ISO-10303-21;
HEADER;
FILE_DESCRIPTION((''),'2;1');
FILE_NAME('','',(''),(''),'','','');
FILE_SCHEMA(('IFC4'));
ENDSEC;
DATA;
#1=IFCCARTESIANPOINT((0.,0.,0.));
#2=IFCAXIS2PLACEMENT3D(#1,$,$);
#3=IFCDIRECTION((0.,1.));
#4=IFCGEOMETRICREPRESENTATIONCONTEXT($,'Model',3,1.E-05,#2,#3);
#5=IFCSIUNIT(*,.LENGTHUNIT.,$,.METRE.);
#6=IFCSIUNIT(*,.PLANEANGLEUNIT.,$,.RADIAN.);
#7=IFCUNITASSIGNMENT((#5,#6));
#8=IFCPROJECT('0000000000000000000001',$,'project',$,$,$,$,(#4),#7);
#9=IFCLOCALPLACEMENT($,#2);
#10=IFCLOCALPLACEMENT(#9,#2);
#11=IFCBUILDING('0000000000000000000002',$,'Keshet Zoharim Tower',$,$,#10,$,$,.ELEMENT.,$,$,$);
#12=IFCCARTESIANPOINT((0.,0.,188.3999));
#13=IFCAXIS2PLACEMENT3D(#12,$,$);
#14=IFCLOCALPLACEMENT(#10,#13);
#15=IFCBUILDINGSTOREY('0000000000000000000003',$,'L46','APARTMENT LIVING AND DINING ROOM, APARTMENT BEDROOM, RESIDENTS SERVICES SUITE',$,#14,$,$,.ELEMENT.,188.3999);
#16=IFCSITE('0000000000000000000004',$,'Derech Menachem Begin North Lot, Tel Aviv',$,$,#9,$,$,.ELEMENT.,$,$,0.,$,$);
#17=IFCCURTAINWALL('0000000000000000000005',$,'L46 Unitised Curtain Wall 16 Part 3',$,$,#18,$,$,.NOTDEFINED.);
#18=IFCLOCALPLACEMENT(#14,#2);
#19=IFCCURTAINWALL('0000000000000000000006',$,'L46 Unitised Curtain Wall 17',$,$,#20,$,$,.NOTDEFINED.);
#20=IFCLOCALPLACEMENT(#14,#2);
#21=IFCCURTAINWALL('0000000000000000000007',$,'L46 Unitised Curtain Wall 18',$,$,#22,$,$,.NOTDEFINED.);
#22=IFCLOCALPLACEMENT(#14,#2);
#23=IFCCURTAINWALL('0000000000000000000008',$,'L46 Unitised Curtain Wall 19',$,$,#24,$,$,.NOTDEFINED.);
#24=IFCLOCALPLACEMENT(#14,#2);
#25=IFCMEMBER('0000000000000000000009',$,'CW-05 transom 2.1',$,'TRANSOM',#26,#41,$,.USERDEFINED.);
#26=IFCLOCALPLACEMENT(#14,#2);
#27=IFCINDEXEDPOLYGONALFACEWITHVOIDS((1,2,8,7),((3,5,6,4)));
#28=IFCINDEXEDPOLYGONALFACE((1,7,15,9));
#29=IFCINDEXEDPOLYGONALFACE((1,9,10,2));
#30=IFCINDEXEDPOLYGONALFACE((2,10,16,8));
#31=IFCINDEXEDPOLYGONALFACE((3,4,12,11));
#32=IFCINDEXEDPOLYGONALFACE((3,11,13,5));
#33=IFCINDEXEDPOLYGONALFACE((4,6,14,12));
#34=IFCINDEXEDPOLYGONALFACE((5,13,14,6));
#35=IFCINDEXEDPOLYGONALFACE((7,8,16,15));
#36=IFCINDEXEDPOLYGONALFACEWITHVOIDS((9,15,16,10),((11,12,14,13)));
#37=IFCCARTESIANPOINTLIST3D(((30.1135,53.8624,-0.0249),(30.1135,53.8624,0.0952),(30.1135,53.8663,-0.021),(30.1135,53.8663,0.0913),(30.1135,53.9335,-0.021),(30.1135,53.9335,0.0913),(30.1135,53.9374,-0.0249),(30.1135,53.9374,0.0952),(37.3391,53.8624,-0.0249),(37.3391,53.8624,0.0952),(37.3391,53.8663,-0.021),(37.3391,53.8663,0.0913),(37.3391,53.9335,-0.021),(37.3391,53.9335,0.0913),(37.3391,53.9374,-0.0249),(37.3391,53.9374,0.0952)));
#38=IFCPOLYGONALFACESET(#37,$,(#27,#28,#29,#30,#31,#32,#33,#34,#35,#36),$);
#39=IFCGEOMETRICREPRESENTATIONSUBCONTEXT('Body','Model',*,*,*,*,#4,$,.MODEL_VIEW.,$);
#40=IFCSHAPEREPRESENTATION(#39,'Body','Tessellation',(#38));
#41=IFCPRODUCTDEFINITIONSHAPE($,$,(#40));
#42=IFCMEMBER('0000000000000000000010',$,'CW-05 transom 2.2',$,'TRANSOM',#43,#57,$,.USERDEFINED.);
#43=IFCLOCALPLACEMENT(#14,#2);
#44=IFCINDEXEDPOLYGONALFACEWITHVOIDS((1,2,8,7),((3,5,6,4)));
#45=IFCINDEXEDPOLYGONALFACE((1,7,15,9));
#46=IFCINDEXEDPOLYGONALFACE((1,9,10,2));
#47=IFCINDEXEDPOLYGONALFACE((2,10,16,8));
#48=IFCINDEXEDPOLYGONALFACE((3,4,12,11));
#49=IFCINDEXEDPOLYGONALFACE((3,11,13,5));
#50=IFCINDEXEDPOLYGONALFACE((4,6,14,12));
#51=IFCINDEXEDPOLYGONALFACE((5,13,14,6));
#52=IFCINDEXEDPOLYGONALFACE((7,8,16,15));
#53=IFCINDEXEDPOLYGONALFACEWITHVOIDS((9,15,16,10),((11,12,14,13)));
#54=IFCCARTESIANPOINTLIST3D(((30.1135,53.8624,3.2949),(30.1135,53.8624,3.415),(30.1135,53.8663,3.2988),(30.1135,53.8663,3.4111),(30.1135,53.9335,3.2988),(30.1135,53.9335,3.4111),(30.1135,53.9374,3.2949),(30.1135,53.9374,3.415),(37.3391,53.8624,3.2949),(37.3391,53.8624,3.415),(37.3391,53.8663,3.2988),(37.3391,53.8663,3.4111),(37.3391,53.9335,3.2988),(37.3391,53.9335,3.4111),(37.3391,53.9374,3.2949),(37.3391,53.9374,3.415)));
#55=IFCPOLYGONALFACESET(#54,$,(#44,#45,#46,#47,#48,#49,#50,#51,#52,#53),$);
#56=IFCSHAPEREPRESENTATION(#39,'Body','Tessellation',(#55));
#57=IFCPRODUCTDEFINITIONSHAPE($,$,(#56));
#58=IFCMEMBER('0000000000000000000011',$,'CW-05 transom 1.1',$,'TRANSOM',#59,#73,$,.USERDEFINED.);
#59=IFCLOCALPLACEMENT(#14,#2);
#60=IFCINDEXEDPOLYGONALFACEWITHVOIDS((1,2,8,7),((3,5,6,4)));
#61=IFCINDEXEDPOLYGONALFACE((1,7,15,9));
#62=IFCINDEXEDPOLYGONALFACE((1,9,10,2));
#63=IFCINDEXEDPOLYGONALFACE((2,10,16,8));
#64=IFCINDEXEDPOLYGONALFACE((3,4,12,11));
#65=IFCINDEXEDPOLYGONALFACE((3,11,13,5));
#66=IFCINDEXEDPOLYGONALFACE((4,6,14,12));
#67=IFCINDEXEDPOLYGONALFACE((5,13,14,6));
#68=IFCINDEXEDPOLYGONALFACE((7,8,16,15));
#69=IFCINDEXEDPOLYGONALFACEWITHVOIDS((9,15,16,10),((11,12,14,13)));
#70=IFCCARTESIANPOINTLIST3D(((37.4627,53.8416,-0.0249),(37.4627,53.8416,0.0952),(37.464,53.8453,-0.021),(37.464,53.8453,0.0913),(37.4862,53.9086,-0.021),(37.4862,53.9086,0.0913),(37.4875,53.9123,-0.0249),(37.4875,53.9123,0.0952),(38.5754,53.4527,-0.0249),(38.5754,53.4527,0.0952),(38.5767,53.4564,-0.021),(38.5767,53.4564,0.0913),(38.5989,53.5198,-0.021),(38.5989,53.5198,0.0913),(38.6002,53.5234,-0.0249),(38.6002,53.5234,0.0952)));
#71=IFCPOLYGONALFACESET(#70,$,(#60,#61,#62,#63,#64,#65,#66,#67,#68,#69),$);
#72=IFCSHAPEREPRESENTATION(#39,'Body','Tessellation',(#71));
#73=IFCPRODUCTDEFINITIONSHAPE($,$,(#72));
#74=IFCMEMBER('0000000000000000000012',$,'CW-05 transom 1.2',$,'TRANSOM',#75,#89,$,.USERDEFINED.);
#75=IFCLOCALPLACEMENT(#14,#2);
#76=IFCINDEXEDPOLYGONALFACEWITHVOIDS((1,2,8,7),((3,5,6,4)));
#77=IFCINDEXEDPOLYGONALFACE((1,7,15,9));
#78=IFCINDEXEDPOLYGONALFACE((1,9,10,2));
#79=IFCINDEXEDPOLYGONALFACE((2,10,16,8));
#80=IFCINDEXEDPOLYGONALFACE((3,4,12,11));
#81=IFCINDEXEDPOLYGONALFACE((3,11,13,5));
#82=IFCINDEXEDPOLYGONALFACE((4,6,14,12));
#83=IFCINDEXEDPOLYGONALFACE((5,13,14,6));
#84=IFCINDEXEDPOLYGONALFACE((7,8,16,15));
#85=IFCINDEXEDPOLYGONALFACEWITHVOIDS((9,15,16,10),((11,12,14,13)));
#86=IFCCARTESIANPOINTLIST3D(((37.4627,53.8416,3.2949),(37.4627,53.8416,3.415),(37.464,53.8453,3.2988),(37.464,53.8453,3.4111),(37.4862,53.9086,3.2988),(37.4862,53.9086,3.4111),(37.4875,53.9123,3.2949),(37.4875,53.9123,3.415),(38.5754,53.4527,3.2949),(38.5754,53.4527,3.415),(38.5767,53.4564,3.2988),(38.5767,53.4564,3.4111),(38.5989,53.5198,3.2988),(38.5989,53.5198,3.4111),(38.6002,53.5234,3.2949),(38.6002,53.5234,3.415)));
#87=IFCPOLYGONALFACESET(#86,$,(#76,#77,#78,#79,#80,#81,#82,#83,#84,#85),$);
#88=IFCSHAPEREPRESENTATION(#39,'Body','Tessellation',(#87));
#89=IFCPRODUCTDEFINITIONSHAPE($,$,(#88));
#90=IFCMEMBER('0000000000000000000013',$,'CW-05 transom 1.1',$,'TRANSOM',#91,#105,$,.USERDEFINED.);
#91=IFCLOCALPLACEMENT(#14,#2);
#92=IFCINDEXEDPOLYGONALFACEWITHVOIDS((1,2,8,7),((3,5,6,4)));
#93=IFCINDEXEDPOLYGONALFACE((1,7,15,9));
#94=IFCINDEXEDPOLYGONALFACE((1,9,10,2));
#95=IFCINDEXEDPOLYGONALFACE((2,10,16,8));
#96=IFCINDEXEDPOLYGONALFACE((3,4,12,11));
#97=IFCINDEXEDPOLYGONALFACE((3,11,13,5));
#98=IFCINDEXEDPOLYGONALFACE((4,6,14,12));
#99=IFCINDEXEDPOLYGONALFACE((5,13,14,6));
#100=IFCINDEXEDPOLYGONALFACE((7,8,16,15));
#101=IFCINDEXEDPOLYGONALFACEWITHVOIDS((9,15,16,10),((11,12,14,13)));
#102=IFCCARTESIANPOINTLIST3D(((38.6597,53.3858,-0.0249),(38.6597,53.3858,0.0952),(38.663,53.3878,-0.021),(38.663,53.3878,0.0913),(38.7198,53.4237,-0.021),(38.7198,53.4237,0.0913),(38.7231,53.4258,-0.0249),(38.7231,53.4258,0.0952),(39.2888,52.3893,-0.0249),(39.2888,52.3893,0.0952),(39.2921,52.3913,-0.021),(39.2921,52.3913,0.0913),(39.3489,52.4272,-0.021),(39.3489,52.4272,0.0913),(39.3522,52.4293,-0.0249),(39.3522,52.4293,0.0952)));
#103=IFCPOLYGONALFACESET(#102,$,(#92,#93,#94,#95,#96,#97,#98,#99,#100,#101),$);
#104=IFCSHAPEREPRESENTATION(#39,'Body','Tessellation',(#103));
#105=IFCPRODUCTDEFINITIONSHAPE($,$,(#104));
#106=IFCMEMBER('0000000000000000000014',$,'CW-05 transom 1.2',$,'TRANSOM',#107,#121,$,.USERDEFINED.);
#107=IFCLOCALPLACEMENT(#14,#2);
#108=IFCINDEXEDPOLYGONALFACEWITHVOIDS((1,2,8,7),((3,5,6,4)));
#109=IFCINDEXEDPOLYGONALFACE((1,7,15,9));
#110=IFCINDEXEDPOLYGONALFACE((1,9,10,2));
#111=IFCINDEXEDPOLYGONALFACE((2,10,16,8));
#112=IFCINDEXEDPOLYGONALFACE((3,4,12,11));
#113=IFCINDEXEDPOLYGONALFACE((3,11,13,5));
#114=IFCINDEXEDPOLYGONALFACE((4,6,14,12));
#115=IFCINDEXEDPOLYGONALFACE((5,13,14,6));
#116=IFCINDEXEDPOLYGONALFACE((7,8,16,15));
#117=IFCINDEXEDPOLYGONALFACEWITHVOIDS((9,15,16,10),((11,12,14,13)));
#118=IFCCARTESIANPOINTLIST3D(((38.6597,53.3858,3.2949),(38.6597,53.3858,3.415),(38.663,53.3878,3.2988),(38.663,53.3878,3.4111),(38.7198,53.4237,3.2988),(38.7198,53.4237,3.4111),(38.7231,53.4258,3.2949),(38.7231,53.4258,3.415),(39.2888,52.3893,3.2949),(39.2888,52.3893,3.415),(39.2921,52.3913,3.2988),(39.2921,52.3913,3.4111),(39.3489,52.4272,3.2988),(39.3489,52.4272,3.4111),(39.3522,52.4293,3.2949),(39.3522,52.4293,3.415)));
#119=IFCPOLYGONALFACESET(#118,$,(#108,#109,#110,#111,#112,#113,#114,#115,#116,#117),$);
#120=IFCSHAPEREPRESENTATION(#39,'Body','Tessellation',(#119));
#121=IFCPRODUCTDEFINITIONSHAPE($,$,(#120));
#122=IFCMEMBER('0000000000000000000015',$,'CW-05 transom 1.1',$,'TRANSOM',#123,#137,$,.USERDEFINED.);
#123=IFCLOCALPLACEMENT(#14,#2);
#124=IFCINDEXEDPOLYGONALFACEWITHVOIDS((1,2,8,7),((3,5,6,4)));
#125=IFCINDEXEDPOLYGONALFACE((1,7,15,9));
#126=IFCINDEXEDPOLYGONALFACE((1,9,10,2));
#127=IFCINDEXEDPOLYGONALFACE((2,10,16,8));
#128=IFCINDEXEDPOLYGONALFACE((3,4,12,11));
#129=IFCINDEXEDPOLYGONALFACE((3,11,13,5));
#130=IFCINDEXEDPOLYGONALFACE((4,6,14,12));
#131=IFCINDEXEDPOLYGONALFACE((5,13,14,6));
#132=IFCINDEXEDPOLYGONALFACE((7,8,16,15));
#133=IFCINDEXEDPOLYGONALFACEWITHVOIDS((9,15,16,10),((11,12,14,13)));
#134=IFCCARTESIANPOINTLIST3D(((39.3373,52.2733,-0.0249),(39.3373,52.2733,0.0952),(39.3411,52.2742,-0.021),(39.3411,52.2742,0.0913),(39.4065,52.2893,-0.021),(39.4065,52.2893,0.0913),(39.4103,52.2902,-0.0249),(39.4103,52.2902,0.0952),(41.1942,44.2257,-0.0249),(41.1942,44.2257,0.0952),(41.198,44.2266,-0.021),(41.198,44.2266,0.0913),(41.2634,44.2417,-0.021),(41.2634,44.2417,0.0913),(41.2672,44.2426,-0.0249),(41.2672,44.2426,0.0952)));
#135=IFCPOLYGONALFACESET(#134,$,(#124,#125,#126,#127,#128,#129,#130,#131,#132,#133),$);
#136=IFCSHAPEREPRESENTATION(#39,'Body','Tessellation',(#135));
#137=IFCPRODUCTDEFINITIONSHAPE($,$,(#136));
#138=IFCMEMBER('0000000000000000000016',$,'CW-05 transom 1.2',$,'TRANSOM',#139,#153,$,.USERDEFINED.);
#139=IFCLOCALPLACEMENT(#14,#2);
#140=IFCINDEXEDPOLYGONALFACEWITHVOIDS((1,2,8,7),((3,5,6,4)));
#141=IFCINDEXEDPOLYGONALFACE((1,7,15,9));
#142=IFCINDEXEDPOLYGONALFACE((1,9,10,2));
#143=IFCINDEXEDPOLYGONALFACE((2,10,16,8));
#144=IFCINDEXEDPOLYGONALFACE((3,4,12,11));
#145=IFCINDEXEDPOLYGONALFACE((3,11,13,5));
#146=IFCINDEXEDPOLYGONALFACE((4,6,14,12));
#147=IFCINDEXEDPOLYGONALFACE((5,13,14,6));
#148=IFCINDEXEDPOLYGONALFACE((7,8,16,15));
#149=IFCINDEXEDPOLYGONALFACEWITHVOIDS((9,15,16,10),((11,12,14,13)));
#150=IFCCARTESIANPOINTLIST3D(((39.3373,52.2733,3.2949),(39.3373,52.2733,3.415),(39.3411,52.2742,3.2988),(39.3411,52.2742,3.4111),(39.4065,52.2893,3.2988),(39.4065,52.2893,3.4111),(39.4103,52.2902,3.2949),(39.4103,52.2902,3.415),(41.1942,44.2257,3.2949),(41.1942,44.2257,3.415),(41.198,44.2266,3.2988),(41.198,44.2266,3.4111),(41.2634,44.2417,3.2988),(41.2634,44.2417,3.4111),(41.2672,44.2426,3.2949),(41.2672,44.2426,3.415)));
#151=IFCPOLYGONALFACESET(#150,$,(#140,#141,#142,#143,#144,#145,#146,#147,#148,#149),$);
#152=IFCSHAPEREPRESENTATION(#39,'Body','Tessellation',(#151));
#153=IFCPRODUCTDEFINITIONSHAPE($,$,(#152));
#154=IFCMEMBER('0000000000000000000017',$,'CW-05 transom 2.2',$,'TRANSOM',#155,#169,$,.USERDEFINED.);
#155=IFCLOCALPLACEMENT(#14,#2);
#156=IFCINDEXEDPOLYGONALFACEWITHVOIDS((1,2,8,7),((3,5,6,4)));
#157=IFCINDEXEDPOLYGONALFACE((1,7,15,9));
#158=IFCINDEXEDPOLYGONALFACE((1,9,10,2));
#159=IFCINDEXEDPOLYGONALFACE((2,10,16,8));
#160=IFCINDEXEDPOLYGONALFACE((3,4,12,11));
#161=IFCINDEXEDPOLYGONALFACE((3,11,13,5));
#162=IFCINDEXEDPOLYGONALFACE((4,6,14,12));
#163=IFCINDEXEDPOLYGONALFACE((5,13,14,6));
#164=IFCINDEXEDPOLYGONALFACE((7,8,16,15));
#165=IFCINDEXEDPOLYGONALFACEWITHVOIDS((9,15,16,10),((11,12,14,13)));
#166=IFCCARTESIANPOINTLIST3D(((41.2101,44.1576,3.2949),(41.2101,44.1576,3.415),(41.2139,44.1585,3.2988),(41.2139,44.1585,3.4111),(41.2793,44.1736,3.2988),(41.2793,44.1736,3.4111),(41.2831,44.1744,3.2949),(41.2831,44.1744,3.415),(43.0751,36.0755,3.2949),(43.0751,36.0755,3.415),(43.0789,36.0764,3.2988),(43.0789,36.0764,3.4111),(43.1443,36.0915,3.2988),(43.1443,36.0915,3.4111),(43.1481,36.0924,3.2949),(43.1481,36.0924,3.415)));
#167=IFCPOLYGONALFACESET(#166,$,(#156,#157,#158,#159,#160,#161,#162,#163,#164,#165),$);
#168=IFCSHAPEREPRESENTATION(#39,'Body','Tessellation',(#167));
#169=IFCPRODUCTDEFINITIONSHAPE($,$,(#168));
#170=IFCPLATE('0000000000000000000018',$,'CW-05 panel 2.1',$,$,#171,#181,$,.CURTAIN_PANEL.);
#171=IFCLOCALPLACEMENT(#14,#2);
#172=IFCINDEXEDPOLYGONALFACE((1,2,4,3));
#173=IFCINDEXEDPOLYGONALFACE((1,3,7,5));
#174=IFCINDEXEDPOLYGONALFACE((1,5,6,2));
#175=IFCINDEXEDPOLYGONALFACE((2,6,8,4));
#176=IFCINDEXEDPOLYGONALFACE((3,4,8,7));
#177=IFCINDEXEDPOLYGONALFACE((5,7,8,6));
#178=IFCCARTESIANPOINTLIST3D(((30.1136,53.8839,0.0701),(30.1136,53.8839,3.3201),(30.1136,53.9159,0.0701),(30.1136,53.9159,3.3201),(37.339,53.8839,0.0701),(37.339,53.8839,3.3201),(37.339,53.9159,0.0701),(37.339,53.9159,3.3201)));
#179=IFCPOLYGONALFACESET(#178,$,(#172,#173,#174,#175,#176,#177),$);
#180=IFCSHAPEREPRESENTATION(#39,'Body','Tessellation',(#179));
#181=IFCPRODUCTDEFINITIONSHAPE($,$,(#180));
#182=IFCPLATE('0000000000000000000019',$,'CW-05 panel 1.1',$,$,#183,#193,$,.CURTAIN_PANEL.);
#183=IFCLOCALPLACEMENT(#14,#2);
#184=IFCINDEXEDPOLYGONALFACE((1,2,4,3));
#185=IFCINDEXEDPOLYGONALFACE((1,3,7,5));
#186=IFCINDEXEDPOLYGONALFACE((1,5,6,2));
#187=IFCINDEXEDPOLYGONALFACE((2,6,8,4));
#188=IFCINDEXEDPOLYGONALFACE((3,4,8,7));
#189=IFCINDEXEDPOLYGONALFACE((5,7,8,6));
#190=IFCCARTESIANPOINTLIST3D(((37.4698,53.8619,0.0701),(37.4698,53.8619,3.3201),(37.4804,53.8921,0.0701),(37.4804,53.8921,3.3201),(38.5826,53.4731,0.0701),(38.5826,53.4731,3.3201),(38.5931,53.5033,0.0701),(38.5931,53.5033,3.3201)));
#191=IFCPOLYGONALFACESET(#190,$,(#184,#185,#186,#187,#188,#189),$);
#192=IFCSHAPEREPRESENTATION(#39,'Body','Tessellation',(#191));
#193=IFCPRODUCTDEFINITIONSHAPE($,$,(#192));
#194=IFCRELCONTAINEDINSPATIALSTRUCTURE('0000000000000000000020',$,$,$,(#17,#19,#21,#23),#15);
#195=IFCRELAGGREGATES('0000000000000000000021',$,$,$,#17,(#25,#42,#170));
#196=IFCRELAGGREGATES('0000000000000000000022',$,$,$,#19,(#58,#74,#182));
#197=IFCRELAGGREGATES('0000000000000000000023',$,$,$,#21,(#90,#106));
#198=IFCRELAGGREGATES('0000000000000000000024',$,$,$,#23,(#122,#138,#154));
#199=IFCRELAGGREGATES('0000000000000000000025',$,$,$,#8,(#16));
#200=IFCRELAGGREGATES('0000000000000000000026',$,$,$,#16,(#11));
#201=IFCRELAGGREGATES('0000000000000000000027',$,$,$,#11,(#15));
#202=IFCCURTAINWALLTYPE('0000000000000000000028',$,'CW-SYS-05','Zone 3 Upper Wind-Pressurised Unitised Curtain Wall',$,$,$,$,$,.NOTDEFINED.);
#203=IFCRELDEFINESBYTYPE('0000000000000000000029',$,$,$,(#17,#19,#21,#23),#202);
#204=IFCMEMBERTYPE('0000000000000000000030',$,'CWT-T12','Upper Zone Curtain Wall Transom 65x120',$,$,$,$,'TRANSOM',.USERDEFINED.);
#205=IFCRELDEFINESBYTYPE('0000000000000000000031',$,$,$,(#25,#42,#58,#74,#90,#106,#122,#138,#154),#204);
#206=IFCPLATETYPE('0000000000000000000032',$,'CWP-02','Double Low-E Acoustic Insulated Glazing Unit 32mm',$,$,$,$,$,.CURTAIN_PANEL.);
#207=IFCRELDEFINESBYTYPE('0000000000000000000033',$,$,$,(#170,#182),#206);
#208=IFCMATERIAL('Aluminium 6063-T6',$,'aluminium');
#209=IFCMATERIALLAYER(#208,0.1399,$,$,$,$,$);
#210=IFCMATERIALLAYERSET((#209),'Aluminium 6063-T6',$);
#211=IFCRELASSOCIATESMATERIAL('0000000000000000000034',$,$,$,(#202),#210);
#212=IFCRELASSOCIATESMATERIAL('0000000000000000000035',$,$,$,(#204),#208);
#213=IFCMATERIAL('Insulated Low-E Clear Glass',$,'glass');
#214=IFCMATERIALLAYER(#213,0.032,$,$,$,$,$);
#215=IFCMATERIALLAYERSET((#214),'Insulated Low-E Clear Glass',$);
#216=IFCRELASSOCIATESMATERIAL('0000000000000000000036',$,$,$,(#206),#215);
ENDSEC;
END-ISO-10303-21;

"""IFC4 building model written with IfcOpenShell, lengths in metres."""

from ifc_helpers import new_model, si_unit, direction, frame, origin, origin_2d, place, context, subcontext, project, spatial, rectangle, hollow_rectangle, extrude, material, layer, layer_set, material_profile, profile_set, type_object, element, aggregate, save


model = new_model("IFC4")

# Units and contexts
model_context = context("Model", 3, precision=1e-05, world=origin(), true_north=direction((0.0, 1.0)))
body_context = subcontext(model_context, "Body", "Model", "MODEL_VIEW")
ifc_project = project(units=[si_unit("LENGTHUNIT", "METRE"), si_unit("PLANEANGLEUNIT", "RADIAN")], contexts=[model_context])

# Site, building, storey
site_placement = place(None, origin())
site = spatial("IfcSite", under=ifc_project, at=site_placement, Name="Derech Menachem Begin North Lot, Tel Aviv", CompositionType="ELEMENT", RefElevation=0.0)
building_placement = place(site_placement, origin())
building = spatial("IfcBuilding", under=site, at=building_placement, Name="Keshet Zoharim Tower", CompositionType="ELEMENT")
storey_placement = place(building_placement, frame((0.0, 0.0, 188.3999)))
storey = spatial("IfcBuildingStorey", under=building, at=storey_placement, Name="L46", Description="APARTMENT LIVING AND DINING ROOM, APARTMENT BEDROOM, RESIDENTS SERVICES SUITE", CompositionType="ELEMENT", Elevation=188.3999)

# Curtain walls
ifc_material_1 = material(Name="Aluminium 6063-T6", Category="aluminium")
ifc_layer_1 = layer(ifc_material_1, 0.1399)
ifc_layer_set_1 = layer_set([ifc_layer_1], Name="Aluminium 6063-T6")
curtain_wall_type = type_object("IfcCurtainWallType", Name="CW-SYS-05", Description="Zone 3 Upper Wind-Pressurised Unitised Curtain Wall", PredefinedType="NOTDEFINED", material=ifc_layer_set_1)
curtain_wall_1_placement = place(storey_placement, origin())
curtain_wall_1 = element("IfcCurtainWall", 1, at=curtain_wall_1_placement, inside=storey, type_object=curtain_wall_type, Name="L46 Unitised Curtain Wall 16 Part 3", PredefinedType="NOTDEFINED")
curtain_wall_2_placement = place(storey_placement, origin())
curtain_wall_2 = element("IfcCurtainWall", 2, at=curtain_wall_2_placement, inside=storey, type_object=curtain_wall_type, Name="L46 Unitised Curtain Wall 17", PredefinedType="NOTDEFINED")
curtain_wall_3_placement = place(storey_placement, origin())
curtain_wall_3 = element("IfcCurtainWall", 3, at=curtain_wall_3_placement, inside=storey, type_object=curtain_wall_type, Name="L46 Unitised Curtain Wall 18", PredefinedType="NOTDEFINED")
curtain_wall_4_placement = place(storey_placement, origin())
curtain_wall_4 = element("IfcCurtainWall", 4, at=curtain_wall_4_placement, inside=storey, type_object=curtain_wall_type, Name="L46 Unitised Curtain Wall 19", PredefinedType="NOTDEFINED")

# Members
ifc_material_profile_1 = material_profile(ifc_material_1, hollow_rectangle(XDim=0.075, YDim=0.1201, WallThickness=0.0039, at=origin_2d()), Name="TRN-75x120")
ifc_profile_set_1 = profile_set([ifc_material_profile_1], Name="Aluminium 6063-T6")
member_type_1 = type_object("IfcMemberType", Name="CWT-T12", Description="Upper Zone Curtain Wall Transom 65x120", ElementType="TRANSOM", PredefinedType="USERDEFINED", material=ifc_profile_set_1)
member_1_placement = place(storey_placement, frame((30.1135, 53.8999, 0.0352), z_axis=(1.0, 0.0, 0.0), x_axis=(0.0, 1.0, 0.0)))
member_1 = element("IfcMember", 5, at=member_1_placement, type_object=member_type_1, Name="CW-05 transom 2.1", ObjectType="TRANSOM", PredefinedType="USERDEFINED", context=body_context, shape_type="SweptSolid", body=[
    extrude(hollow_rectangle(XDim=0.075, YDim=0.1201, WallThickness=0.0039, at=origin_2d()), origin(), (0.0, 0.0, 1.0), 7.2256),
])
member_2_placement = place(storey_placement, frame((30.1135, 53.8999, 3.355), z_axis=(1.0, 0.0, 0.0), x_axis=(0.0, 1.0, 0.0)))
member_2 = element("IfcMember", 6, at=member_2_placement, type_object=member_type_1, Name="CW-05 transom 2.2", ObjectType="TRANSOM", PredefinedType="USERDEFINED", context=body_context, shape_type="SweptSolid", body=[
    extrude(hollow_rectangle(XDim=0.075, YDim=0.1201, WallThickness=0.0039, at=origin_2d()), origin(), (0.0, 0.0, 1.0), 7.2256),
])
member_3_placement = place(storey_placement, frame((37.4751, 53.877, 0.0352), z_axis=(0.944007, -0.329926, 0.0), x_axis=(0.329926, 0.944007, 0.0)))
member_3 = element("IfcMember", 7, at=member_3_placement, type_object=member_type_1, Name="CW-05 transom 1.1", ObjectType="TRANSOM", PredefinedType="USERDEFINED", context=body_context, shape_type="SweptSolid", body=[
    extrude(hollow_rectangle(XDim=0.075, YDim=0.1201, WallThickness=0.0039, at=origin_2d()), origin(), (0.0, 0.0, 1.0), 1.1787),
])
member_4_placement = place(storey_placement, frame((37.4751, 53.877, 3.355), z_axis=(0.944007, -0.329926, 0.0), x_axis=(0.329926, 0.944007, 0.0)))
member_4 = element("IfcMember", 8, at=member_4_placement, type_object=member_type_1, Name="CW-05 transom 1.2", ObjectType="TRANSOM", PredefinedType="USERDEFINED", context=body_context, shape_type="SweptSolid", body=[
    extrude(hollow_rectangle(XDim=0.075, YDim=0.1201, WallThickness=0.0039, at=origin_2d()), origin(), (0.0, 0.0, 1.0), 1.1787),
])
member_5_placement = place(storey_placement, frame((38.6914, 53.4058, 0.0352), z_axis=(0.533829, -0.845592, 0.0), x_axis=(0.845592, 0.533829, 0.0)))
member_5 = element("IfcMember", 9, at=member_5_placement, type_object=member_type_1, Name="CW-05 transom 1.1", ObjectType="TRANSOM", PredefinedType="USERDEFINED", context=body_context, shape_type="SweptSolid", body=[
    extrude(hollow_rectangle(XDim=0.075, YDim=0.1201, WallThickness=0.0039, at=origin_2d()), origin(), (0.0, 0.0, 1.0), 1.1785),
])
member_6_placement = place(storey_placement, frame((38.6914, 53.4058, 3.355), z_axis=(0.533829, -0.845592, 0.0), x_axis=(0.845592, 0.533829, 0.0)))
member_6 = element("IfcMember", 10, at=member_6_placement, type_object=member_type_1, Name="CW-05 transom 1.2", ObjectType="TRANSOM", PredefinedType="USERDEFINED", context=body_context, shape_type="SweptSolid", body=[
    extrude(hollow_rectangle(XDim=0.075, YDim=0.1201, WallThickness=0.0039, at=origin_2d()), origin(), (0.0, 0.0, 1.0), 1.1785),
])
member_7_placement = place(storey_placement, frame((39.3738, 52.2817, 0.0352), z_axis=(0.224836, -0.974397, 0.0), x_axis=(0.974397, 0.224836, 0.0)))
member_7 = element("IfcMember", 11, at=member_7_placement, type_object=member_type_1, Name="CW-05 transom 1.1", ObjectType="TRANSOM", PredefinedType="USERDEFINED", context=body_context, shape_type="SweptSolid", body=[
    extrude(hollow_rectangle(XDim=0.075, YDim=0.1201, WallThickness=0.0039, at=origin_2d()), origin(), (0.0, 0.0, 1.0), 8.259),
])
member_8_placement = place(storey_placement, frame((39.3738, 52.2817, 3.355), z_axis=(0.224836, -0.974397, 0.0), x_axis=(0.974397, 0.224836, 0.0)))
member_8 = element("IfcMember", 12, at=member_8_placement, type_object=member_type_1, Name="CW-05 transom 1.2", ObjectType="TRANSOM", PredefinedType="USERDEFINED", context=body_context, shape_type="SweptSolid", body=[
    extrude(hollow_rectangle(XDim=0.075, YDim=0.1201, WallThickness=0.0039, at=origin_2d()), origin(), (0.0, 0.0, 1.0), 8.259),
])
member_9_placement = place(storey_placement, frame((41.2466, 44.166, 3.355), z_axis=(0.224849, -0.974394, 0.0), x_axis=(0.974394, 0.224849, 0.0)))
member_9 = element("IfcMember", 13, at=member_9_placement, type_object=member_type_1, Name="CW-05 transom 2.2", ObjectType="TRANSOM", PredefinedType="USERDEFINED", context=body_context, shape_type="SweptSolid", body=[
    extrude(hollow_rectangle(XDim=0.075, YDim=0.1201, WallThickness=0.0039, at=origin_2d()), origin(), (0.0, 0.0, 1.0), 8.2944),
])

# Plates
ifc_material_2 = material(Name="Insulated Low-E Clear Glass", Category="glass")
ifc_layer_2 = layer(ifc_material_2, 0.032)
ifc_layer_set_2 = layer_set([ifc_layer_2], Name="Insulated Low-E Clear Glass")
plate_type = type_object("IfcPlateType", Name="CWP-02", Description="Double Low-E Acoustic Insulated Glazing Unit 32mm", PredefinedType="CURTAIN_PANEL", material=ifc_layer_set_2)
plate_1_placement = place(storey_placement, frame((33.7263, 53.8999, 0.0701), z_axis=(0.0, 0.0, 1.0), x_axis=(1.0, 0.0, 0.0)))
plate_1 = element("IfcPlate", 14, at=plate_1_placement, type_object=plate_type, Name="CW-05 panel 2.1", PredefinedType="CURTAIN_PANEL", context=body_context, shape_type="SweptSolid", body=[
    extrude(rectangle(XDim=7.2253, YDim=0.032, at=origin_2d()), origin(), (0.0, 0.0, 1.0), 3.25),
])
aggregate(curtain_wall_1, [member_1, member_2, plate_1])
plate_2_placement = place(storey_placement, frame((38.0315, 53.6826, 0.0701), z_axis=(0.0, 0.0, 1.0), x_axis=(0.944036, -0.329844, 0.0)))
plate_2 = element("IfcPlate", 15, at=plate_2_placement, type_object=plate_type, Name="CW-05 panel 1.1", PredefinedType="CURTAIN_PANEL", context=body_context, shape_type="SweptSolid", body=[
    extrude(rectangle(XDim=1.1787, YDim=0.032, at=origin_2d()), origin(), (0.0, 0.0, 1.0), 3.25),
])
aggregate(curtain_wall_2, [member_3, member_4, plate_2])
aggregate(curtain_wall_3, [member_5, member_6])
aggregate(curtain_wall_4, [member_7, member_8, member_9])

save(model, "model.ifc")
